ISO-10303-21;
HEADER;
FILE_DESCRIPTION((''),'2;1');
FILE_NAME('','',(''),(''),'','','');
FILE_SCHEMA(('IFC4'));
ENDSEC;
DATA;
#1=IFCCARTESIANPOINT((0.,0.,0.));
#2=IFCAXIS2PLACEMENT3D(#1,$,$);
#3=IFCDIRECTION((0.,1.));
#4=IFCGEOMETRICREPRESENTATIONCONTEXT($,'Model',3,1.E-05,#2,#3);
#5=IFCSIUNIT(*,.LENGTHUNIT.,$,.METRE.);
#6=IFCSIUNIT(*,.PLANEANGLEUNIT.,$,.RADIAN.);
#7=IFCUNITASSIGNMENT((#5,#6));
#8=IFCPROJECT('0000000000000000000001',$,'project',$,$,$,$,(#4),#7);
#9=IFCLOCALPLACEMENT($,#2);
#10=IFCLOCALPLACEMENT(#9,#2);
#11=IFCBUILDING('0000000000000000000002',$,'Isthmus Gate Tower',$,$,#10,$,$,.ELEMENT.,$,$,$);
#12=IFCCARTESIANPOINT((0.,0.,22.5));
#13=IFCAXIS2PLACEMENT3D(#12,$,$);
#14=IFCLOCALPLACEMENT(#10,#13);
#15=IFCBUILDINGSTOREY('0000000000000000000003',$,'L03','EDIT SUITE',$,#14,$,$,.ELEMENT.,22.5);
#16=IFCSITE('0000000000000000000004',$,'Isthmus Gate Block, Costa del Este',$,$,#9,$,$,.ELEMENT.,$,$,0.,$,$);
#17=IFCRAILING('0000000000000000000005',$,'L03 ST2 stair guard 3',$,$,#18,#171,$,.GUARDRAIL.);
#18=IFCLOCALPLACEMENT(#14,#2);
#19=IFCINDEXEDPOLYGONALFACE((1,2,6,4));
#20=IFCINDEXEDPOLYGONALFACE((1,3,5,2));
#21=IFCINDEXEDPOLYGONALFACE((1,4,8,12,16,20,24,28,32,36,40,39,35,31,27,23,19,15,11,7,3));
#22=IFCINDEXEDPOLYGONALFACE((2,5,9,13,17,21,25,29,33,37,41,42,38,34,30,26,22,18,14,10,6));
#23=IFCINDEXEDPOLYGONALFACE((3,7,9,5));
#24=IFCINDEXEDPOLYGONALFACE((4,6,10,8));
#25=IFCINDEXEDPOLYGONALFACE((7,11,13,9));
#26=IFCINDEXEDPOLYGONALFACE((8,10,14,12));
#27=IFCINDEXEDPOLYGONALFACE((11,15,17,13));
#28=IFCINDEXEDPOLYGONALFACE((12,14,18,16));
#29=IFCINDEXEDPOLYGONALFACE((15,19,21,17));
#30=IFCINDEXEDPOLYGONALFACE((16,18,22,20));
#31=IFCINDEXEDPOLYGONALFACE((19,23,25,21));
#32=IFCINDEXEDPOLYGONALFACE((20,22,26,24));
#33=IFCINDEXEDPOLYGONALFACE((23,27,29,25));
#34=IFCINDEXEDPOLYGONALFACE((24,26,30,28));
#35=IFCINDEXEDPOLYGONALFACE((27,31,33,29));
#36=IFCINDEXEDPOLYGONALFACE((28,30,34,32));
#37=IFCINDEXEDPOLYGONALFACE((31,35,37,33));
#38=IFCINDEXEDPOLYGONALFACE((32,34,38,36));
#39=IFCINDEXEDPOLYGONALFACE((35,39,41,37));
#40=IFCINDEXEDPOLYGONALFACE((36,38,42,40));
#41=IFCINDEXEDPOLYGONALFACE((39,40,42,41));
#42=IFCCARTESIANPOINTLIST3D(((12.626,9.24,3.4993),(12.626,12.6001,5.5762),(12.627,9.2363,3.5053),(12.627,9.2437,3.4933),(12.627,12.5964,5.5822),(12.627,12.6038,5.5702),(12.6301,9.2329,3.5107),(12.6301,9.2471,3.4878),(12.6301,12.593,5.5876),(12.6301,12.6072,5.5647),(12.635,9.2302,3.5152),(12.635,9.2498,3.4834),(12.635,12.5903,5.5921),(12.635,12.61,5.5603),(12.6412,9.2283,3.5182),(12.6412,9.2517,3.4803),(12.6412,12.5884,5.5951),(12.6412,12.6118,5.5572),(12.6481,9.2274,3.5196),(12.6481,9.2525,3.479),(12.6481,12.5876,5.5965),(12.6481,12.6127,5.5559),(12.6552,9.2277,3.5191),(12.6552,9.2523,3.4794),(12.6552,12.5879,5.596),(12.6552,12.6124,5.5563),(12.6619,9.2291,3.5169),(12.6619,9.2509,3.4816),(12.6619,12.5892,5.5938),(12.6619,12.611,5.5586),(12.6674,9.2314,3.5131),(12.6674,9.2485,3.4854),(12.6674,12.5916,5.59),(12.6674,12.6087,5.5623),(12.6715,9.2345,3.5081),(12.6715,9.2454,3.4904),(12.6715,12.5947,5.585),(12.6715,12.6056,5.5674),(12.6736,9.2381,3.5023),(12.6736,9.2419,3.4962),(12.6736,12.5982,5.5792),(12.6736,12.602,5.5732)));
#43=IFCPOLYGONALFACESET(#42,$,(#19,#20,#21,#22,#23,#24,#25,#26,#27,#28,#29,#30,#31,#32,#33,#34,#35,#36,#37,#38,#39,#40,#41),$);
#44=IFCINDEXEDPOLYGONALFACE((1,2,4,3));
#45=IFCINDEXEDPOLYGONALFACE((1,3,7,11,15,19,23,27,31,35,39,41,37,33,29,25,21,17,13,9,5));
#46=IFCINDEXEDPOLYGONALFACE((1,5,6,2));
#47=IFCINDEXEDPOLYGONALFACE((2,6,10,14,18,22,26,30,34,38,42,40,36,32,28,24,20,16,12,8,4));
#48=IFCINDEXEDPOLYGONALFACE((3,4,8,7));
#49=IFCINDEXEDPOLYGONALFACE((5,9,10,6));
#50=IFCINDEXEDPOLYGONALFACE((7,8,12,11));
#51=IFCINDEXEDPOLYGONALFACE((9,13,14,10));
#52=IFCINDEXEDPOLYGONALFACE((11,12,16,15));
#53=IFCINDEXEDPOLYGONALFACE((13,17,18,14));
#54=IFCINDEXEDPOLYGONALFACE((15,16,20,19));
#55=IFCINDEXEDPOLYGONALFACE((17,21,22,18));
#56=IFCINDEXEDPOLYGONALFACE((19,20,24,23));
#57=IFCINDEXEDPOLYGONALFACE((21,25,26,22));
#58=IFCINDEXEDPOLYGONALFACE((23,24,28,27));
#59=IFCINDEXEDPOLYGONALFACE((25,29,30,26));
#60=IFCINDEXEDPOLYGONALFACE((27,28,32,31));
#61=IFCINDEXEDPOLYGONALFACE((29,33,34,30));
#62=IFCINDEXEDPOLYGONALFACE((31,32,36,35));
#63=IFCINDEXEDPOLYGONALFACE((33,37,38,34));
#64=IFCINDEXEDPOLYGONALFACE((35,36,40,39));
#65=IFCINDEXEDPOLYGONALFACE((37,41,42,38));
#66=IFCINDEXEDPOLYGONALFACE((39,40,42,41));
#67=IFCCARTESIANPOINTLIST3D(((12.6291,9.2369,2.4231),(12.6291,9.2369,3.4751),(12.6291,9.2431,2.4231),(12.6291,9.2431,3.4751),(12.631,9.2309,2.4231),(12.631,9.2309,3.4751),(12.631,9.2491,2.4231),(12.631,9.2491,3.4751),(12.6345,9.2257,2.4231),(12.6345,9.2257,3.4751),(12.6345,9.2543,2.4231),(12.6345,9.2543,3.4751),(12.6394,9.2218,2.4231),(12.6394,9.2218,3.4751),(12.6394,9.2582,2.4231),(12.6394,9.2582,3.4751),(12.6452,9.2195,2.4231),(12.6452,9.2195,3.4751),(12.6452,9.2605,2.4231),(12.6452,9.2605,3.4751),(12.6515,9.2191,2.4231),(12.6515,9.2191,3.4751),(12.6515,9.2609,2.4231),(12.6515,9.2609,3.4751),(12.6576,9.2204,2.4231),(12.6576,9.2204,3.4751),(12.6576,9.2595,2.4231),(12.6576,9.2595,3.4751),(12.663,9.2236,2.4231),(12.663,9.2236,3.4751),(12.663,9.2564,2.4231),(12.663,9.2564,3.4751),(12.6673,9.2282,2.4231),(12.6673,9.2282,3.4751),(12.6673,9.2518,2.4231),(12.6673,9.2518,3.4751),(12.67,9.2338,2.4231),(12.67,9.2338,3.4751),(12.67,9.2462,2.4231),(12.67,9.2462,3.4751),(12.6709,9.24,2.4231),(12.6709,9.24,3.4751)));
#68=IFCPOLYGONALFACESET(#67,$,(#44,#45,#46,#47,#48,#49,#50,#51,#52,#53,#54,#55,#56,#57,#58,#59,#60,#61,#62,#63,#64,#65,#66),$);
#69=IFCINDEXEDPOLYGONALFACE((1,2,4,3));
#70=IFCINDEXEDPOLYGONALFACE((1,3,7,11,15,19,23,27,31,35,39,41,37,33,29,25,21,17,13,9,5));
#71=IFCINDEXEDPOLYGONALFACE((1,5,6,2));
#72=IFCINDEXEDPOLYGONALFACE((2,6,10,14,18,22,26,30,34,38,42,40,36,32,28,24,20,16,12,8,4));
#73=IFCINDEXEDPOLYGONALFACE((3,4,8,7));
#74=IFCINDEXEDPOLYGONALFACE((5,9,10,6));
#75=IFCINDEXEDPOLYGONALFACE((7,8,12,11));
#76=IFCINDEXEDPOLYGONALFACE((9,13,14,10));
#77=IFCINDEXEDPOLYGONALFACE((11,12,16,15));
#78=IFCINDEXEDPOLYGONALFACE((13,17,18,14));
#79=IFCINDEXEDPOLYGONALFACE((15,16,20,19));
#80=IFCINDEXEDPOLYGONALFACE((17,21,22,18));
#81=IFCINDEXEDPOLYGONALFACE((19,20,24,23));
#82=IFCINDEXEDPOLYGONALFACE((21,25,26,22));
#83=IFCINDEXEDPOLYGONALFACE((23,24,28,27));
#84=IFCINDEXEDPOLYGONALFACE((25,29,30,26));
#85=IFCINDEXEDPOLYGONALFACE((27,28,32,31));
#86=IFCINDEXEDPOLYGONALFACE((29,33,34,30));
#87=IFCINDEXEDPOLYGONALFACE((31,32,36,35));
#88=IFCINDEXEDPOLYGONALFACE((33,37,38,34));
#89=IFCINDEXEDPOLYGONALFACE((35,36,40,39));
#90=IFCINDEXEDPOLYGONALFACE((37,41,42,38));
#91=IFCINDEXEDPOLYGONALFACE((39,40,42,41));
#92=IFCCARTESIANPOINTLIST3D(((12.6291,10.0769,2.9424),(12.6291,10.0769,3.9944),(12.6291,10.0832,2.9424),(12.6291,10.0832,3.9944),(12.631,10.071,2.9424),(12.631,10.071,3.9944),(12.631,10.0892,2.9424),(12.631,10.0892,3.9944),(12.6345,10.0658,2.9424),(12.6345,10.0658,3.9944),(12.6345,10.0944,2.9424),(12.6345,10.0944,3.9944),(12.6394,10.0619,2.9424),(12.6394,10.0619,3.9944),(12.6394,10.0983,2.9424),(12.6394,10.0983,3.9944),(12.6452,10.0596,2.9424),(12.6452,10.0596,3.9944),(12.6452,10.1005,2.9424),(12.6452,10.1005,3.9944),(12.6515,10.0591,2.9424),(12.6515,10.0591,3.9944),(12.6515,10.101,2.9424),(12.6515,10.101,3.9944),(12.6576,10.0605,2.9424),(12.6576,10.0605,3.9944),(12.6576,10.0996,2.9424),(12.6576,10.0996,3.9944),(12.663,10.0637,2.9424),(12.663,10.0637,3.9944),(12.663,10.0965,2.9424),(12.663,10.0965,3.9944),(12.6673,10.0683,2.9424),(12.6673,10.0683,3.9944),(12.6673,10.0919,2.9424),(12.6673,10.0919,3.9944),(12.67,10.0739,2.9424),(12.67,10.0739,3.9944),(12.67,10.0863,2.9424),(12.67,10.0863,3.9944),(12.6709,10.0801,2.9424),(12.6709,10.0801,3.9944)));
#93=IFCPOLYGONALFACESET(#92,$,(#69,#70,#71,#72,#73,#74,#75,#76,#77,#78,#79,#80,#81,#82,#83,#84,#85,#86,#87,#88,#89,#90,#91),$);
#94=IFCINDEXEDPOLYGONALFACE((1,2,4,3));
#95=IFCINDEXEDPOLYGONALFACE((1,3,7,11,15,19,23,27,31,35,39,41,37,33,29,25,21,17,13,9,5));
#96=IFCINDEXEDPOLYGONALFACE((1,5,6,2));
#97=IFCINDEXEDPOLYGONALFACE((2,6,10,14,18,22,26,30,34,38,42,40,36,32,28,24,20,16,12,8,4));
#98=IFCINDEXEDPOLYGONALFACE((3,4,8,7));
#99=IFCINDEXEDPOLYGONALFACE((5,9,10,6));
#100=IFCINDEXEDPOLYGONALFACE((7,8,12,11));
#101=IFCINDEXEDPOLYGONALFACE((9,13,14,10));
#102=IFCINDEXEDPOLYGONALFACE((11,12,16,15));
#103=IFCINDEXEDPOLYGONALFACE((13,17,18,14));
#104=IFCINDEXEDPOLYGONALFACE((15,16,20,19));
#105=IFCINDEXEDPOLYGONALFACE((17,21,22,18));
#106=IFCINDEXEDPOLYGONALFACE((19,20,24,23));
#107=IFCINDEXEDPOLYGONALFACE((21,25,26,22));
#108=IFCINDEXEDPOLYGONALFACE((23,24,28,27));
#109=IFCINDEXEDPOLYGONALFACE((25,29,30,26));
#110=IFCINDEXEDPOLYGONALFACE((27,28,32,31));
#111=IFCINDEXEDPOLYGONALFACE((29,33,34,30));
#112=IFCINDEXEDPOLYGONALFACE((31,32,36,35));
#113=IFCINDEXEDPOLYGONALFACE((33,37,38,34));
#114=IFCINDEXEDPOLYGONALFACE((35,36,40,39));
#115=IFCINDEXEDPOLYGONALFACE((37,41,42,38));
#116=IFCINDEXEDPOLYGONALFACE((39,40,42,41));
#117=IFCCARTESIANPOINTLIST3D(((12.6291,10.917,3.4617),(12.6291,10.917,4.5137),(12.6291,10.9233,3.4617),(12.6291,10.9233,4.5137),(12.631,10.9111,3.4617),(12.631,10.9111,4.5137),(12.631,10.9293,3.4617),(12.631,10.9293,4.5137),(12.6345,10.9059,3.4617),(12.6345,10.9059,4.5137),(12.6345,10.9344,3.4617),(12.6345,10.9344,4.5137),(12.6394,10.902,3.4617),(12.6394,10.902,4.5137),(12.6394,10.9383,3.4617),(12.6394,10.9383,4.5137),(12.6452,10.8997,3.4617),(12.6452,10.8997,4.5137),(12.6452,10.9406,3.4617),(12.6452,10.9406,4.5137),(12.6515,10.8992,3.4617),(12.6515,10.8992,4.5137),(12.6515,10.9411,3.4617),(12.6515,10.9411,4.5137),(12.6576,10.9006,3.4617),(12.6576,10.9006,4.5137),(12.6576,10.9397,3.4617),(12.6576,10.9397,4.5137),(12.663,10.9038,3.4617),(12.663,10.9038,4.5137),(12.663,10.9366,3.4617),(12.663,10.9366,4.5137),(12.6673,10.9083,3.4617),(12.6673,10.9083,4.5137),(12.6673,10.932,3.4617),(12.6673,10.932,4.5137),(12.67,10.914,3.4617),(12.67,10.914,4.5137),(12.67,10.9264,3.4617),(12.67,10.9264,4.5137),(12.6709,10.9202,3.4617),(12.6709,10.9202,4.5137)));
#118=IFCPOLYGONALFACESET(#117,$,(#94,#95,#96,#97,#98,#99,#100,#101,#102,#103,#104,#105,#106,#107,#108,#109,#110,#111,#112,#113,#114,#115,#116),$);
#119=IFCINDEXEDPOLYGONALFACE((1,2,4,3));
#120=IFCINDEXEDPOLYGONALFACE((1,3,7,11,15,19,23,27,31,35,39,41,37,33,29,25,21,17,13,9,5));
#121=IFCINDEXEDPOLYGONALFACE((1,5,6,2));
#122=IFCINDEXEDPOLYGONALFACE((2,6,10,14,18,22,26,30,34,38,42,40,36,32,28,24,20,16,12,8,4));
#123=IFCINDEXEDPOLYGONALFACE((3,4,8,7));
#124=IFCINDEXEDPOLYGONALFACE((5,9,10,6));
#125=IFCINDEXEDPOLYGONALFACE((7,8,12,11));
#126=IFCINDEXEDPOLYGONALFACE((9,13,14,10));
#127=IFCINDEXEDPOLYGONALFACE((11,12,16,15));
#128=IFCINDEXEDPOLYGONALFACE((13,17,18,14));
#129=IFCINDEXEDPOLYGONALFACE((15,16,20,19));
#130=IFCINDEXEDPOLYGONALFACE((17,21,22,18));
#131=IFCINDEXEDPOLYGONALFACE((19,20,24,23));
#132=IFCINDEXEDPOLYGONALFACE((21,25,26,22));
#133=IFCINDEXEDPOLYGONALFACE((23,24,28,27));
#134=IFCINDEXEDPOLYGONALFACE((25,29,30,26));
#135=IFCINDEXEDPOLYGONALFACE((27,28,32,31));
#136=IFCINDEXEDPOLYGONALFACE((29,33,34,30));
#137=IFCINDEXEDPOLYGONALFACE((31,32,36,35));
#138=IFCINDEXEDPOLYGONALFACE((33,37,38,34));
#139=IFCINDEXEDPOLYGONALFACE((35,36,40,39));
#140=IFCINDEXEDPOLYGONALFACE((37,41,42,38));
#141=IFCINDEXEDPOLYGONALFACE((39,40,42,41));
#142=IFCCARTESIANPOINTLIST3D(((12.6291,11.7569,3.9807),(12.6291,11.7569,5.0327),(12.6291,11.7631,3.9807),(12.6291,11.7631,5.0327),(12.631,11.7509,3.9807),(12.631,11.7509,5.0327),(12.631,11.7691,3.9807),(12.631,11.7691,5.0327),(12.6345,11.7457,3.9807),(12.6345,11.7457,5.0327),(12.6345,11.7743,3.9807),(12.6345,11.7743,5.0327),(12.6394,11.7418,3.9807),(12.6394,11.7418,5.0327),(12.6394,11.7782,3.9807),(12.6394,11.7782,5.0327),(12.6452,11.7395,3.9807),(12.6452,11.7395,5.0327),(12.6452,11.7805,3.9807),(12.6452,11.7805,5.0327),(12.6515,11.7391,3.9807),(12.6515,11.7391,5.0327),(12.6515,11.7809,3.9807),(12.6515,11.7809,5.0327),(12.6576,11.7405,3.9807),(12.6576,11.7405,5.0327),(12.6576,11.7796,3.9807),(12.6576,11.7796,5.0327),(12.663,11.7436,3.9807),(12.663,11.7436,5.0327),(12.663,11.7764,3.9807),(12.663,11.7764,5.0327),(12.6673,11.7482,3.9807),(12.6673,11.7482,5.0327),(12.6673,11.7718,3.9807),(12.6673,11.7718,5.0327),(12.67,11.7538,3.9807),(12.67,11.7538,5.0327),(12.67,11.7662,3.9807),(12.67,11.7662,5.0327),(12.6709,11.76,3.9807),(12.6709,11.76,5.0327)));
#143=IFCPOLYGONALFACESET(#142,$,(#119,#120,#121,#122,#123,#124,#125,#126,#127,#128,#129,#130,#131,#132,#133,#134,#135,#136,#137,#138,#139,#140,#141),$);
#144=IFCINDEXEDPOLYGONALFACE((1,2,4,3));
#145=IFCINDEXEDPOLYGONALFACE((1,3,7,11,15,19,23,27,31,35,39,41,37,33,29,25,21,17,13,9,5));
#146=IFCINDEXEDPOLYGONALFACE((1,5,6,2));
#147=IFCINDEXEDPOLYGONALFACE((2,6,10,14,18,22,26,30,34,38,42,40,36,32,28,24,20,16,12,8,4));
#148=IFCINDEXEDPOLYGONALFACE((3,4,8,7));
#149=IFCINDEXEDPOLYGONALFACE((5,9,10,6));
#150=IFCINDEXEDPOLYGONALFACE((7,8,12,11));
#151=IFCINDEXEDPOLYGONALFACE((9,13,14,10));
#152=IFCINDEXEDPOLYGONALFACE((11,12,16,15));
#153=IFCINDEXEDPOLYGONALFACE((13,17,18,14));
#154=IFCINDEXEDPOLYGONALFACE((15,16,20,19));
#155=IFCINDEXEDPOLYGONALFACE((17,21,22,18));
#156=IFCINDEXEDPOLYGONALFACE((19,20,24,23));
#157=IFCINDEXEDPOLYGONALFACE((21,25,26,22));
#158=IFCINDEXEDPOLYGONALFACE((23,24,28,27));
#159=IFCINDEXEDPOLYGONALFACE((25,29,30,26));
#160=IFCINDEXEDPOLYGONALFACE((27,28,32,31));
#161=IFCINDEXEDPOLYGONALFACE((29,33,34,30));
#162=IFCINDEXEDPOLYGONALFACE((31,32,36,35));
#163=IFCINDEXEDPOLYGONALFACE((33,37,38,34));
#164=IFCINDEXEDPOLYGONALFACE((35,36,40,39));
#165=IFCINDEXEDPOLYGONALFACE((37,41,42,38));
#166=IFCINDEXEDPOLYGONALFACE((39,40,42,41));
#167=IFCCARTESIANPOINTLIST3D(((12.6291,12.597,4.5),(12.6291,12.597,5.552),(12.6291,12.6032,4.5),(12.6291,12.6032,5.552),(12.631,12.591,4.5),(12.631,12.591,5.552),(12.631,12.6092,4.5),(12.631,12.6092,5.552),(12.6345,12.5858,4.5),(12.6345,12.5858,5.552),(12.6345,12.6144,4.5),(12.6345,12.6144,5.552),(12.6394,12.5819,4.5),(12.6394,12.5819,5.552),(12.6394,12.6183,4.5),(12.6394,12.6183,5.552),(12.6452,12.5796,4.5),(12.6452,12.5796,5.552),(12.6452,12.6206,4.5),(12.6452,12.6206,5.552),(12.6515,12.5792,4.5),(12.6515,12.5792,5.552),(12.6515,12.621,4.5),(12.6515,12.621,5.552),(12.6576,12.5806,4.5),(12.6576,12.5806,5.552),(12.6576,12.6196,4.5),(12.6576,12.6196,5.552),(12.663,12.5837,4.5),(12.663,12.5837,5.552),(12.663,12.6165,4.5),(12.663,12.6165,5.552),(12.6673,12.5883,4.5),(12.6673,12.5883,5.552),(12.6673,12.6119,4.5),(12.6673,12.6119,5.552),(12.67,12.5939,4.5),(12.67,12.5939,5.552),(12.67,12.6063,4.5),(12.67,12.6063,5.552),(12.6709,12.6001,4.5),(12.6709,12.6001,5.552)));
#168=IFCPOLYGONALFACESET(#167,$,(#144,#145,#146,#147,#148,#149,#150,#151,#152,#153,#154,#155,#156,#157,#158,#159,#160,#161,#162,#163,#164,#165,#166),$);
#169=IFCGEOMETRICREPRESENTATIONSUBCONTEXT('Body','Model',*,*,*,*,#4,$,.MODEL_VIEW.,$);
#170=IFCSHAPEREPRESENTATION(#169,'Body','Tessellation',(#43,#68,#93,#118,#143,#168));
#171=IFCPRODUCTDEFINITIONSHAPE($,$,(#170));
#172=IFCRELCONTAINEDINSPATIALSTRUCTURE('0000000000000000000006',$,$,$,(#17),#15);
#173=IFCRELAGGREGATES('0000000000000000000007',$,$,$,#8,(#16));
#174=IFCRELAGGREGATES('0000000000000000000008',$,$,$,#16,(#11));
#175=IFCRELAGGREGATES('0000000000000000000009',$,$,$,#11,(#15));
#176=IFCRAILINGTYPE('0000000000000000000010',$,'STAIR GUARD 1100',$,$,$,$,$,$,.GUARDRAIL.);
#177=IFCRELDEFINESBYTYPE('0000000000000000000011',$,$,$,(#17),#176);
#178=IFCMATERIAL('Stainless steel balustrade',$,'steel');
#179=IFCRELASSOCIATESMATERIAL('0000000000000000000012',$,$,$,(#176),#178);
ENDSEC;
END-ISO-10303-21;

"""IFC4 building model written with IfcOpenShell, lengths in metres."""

from ifc_helpers import new_model, si_unit, direction, frame, origin, origin_2d, place, context, subcontext, project, spatial, circle, extrude, material, type_object, element, save


model = new_model("IFC4")

# Units and contexts
model_context = context("Model", 3, precision=1e-05, world=origin(), true_north=direction((0.0, 1.0)))
body_context = subcontext(model_context, "Body", "Model", "MODEL_VIEW")
ifc_project = project(units=[si_unit("LENGTHUNIT", "METRE"), si_unit("PLANEANGLEUNIT", "RADIAN")], contexts=[model_context])

# Site, building, storey
site_placement = place(None, origin())
site = spatial("IfcSite", under=ifc_project, at=site_placement, Name="Isthmus Gate Block, Costa del Este", CompositionType="ELEMENT", RefElevation=0.0)
building_placement = place(site_placement, origin())
building = spatial("IfcBuilding", under=site, at=building_placement, Name="Isthmus Gate Tower", CompositionType="ELEMENT")
storey_placement = place(building_placement, frame((0.0, 0.0, 22.5)))
storey = spatial("IfcBuildingStorey", under=building, at=storey_placement, Name="L03", Description="EDIT SUITE", CompositionType="ELEMENT", Elevation=22.5)

# Railing
ifc_material_1 = material(Name="Stainless steel balustrade", Category="steel")
railing_type_1 = type_object("IfcRailingType", Name="STAIR GUARD 1100", PredefinedType="GUARDRAIL", material=ifc_material_1)
railing_1_placement = place(storey_placement, frame((12.6499, 9.24, 2.4231)))
element("IfcRailing", 1, at=railing_1_placement, inside=storey, type_object=railing_type_1, Name="L03 ST2 stair guard 3", PredefinedType="GUARDRAIL", context=body_context, shape_type="SweptSolid", body=[
    extrude(circle(Radius=0.0239, at=origin_2d()), frame((0.0, 0.0, 1.0762), z_axis=(0.0, 0.850623, 0.525776), x_axis=(-1.0, 0.0, 0.0)), (0.0, 0.0, 1.0), 3.9502),
    extrude(circle(Radius=0.021, at=origin_2d()), origin(), (0.0, 0.0, 1.0), 1.052),
    extrude(circle(Radius=0.021, at=origin_2d()), frame((0.0, 0.8401, 0.5193)), (0.0, 0.0, 1.0), 1.052),
    extrude(circle(Radius=0.021, at=origin_2d()), frame((0.0, 1.6802, 1.0386)), (0.0, 0.0, 1.0), 1.052),
    extrude(circle(Radius=0.021, at=origin_2d()), frame((0.0, 2.52, 1.5576)), (0.0, 0.0, 1.0), 1.052),
    extrude(circle(Radius=0.021, at=origin_2d()), frame((0.0, 3.3601, 2.0769)), (0.0, 0.0, 1.0), 1.052),
])

save(model, "model.ifc")
